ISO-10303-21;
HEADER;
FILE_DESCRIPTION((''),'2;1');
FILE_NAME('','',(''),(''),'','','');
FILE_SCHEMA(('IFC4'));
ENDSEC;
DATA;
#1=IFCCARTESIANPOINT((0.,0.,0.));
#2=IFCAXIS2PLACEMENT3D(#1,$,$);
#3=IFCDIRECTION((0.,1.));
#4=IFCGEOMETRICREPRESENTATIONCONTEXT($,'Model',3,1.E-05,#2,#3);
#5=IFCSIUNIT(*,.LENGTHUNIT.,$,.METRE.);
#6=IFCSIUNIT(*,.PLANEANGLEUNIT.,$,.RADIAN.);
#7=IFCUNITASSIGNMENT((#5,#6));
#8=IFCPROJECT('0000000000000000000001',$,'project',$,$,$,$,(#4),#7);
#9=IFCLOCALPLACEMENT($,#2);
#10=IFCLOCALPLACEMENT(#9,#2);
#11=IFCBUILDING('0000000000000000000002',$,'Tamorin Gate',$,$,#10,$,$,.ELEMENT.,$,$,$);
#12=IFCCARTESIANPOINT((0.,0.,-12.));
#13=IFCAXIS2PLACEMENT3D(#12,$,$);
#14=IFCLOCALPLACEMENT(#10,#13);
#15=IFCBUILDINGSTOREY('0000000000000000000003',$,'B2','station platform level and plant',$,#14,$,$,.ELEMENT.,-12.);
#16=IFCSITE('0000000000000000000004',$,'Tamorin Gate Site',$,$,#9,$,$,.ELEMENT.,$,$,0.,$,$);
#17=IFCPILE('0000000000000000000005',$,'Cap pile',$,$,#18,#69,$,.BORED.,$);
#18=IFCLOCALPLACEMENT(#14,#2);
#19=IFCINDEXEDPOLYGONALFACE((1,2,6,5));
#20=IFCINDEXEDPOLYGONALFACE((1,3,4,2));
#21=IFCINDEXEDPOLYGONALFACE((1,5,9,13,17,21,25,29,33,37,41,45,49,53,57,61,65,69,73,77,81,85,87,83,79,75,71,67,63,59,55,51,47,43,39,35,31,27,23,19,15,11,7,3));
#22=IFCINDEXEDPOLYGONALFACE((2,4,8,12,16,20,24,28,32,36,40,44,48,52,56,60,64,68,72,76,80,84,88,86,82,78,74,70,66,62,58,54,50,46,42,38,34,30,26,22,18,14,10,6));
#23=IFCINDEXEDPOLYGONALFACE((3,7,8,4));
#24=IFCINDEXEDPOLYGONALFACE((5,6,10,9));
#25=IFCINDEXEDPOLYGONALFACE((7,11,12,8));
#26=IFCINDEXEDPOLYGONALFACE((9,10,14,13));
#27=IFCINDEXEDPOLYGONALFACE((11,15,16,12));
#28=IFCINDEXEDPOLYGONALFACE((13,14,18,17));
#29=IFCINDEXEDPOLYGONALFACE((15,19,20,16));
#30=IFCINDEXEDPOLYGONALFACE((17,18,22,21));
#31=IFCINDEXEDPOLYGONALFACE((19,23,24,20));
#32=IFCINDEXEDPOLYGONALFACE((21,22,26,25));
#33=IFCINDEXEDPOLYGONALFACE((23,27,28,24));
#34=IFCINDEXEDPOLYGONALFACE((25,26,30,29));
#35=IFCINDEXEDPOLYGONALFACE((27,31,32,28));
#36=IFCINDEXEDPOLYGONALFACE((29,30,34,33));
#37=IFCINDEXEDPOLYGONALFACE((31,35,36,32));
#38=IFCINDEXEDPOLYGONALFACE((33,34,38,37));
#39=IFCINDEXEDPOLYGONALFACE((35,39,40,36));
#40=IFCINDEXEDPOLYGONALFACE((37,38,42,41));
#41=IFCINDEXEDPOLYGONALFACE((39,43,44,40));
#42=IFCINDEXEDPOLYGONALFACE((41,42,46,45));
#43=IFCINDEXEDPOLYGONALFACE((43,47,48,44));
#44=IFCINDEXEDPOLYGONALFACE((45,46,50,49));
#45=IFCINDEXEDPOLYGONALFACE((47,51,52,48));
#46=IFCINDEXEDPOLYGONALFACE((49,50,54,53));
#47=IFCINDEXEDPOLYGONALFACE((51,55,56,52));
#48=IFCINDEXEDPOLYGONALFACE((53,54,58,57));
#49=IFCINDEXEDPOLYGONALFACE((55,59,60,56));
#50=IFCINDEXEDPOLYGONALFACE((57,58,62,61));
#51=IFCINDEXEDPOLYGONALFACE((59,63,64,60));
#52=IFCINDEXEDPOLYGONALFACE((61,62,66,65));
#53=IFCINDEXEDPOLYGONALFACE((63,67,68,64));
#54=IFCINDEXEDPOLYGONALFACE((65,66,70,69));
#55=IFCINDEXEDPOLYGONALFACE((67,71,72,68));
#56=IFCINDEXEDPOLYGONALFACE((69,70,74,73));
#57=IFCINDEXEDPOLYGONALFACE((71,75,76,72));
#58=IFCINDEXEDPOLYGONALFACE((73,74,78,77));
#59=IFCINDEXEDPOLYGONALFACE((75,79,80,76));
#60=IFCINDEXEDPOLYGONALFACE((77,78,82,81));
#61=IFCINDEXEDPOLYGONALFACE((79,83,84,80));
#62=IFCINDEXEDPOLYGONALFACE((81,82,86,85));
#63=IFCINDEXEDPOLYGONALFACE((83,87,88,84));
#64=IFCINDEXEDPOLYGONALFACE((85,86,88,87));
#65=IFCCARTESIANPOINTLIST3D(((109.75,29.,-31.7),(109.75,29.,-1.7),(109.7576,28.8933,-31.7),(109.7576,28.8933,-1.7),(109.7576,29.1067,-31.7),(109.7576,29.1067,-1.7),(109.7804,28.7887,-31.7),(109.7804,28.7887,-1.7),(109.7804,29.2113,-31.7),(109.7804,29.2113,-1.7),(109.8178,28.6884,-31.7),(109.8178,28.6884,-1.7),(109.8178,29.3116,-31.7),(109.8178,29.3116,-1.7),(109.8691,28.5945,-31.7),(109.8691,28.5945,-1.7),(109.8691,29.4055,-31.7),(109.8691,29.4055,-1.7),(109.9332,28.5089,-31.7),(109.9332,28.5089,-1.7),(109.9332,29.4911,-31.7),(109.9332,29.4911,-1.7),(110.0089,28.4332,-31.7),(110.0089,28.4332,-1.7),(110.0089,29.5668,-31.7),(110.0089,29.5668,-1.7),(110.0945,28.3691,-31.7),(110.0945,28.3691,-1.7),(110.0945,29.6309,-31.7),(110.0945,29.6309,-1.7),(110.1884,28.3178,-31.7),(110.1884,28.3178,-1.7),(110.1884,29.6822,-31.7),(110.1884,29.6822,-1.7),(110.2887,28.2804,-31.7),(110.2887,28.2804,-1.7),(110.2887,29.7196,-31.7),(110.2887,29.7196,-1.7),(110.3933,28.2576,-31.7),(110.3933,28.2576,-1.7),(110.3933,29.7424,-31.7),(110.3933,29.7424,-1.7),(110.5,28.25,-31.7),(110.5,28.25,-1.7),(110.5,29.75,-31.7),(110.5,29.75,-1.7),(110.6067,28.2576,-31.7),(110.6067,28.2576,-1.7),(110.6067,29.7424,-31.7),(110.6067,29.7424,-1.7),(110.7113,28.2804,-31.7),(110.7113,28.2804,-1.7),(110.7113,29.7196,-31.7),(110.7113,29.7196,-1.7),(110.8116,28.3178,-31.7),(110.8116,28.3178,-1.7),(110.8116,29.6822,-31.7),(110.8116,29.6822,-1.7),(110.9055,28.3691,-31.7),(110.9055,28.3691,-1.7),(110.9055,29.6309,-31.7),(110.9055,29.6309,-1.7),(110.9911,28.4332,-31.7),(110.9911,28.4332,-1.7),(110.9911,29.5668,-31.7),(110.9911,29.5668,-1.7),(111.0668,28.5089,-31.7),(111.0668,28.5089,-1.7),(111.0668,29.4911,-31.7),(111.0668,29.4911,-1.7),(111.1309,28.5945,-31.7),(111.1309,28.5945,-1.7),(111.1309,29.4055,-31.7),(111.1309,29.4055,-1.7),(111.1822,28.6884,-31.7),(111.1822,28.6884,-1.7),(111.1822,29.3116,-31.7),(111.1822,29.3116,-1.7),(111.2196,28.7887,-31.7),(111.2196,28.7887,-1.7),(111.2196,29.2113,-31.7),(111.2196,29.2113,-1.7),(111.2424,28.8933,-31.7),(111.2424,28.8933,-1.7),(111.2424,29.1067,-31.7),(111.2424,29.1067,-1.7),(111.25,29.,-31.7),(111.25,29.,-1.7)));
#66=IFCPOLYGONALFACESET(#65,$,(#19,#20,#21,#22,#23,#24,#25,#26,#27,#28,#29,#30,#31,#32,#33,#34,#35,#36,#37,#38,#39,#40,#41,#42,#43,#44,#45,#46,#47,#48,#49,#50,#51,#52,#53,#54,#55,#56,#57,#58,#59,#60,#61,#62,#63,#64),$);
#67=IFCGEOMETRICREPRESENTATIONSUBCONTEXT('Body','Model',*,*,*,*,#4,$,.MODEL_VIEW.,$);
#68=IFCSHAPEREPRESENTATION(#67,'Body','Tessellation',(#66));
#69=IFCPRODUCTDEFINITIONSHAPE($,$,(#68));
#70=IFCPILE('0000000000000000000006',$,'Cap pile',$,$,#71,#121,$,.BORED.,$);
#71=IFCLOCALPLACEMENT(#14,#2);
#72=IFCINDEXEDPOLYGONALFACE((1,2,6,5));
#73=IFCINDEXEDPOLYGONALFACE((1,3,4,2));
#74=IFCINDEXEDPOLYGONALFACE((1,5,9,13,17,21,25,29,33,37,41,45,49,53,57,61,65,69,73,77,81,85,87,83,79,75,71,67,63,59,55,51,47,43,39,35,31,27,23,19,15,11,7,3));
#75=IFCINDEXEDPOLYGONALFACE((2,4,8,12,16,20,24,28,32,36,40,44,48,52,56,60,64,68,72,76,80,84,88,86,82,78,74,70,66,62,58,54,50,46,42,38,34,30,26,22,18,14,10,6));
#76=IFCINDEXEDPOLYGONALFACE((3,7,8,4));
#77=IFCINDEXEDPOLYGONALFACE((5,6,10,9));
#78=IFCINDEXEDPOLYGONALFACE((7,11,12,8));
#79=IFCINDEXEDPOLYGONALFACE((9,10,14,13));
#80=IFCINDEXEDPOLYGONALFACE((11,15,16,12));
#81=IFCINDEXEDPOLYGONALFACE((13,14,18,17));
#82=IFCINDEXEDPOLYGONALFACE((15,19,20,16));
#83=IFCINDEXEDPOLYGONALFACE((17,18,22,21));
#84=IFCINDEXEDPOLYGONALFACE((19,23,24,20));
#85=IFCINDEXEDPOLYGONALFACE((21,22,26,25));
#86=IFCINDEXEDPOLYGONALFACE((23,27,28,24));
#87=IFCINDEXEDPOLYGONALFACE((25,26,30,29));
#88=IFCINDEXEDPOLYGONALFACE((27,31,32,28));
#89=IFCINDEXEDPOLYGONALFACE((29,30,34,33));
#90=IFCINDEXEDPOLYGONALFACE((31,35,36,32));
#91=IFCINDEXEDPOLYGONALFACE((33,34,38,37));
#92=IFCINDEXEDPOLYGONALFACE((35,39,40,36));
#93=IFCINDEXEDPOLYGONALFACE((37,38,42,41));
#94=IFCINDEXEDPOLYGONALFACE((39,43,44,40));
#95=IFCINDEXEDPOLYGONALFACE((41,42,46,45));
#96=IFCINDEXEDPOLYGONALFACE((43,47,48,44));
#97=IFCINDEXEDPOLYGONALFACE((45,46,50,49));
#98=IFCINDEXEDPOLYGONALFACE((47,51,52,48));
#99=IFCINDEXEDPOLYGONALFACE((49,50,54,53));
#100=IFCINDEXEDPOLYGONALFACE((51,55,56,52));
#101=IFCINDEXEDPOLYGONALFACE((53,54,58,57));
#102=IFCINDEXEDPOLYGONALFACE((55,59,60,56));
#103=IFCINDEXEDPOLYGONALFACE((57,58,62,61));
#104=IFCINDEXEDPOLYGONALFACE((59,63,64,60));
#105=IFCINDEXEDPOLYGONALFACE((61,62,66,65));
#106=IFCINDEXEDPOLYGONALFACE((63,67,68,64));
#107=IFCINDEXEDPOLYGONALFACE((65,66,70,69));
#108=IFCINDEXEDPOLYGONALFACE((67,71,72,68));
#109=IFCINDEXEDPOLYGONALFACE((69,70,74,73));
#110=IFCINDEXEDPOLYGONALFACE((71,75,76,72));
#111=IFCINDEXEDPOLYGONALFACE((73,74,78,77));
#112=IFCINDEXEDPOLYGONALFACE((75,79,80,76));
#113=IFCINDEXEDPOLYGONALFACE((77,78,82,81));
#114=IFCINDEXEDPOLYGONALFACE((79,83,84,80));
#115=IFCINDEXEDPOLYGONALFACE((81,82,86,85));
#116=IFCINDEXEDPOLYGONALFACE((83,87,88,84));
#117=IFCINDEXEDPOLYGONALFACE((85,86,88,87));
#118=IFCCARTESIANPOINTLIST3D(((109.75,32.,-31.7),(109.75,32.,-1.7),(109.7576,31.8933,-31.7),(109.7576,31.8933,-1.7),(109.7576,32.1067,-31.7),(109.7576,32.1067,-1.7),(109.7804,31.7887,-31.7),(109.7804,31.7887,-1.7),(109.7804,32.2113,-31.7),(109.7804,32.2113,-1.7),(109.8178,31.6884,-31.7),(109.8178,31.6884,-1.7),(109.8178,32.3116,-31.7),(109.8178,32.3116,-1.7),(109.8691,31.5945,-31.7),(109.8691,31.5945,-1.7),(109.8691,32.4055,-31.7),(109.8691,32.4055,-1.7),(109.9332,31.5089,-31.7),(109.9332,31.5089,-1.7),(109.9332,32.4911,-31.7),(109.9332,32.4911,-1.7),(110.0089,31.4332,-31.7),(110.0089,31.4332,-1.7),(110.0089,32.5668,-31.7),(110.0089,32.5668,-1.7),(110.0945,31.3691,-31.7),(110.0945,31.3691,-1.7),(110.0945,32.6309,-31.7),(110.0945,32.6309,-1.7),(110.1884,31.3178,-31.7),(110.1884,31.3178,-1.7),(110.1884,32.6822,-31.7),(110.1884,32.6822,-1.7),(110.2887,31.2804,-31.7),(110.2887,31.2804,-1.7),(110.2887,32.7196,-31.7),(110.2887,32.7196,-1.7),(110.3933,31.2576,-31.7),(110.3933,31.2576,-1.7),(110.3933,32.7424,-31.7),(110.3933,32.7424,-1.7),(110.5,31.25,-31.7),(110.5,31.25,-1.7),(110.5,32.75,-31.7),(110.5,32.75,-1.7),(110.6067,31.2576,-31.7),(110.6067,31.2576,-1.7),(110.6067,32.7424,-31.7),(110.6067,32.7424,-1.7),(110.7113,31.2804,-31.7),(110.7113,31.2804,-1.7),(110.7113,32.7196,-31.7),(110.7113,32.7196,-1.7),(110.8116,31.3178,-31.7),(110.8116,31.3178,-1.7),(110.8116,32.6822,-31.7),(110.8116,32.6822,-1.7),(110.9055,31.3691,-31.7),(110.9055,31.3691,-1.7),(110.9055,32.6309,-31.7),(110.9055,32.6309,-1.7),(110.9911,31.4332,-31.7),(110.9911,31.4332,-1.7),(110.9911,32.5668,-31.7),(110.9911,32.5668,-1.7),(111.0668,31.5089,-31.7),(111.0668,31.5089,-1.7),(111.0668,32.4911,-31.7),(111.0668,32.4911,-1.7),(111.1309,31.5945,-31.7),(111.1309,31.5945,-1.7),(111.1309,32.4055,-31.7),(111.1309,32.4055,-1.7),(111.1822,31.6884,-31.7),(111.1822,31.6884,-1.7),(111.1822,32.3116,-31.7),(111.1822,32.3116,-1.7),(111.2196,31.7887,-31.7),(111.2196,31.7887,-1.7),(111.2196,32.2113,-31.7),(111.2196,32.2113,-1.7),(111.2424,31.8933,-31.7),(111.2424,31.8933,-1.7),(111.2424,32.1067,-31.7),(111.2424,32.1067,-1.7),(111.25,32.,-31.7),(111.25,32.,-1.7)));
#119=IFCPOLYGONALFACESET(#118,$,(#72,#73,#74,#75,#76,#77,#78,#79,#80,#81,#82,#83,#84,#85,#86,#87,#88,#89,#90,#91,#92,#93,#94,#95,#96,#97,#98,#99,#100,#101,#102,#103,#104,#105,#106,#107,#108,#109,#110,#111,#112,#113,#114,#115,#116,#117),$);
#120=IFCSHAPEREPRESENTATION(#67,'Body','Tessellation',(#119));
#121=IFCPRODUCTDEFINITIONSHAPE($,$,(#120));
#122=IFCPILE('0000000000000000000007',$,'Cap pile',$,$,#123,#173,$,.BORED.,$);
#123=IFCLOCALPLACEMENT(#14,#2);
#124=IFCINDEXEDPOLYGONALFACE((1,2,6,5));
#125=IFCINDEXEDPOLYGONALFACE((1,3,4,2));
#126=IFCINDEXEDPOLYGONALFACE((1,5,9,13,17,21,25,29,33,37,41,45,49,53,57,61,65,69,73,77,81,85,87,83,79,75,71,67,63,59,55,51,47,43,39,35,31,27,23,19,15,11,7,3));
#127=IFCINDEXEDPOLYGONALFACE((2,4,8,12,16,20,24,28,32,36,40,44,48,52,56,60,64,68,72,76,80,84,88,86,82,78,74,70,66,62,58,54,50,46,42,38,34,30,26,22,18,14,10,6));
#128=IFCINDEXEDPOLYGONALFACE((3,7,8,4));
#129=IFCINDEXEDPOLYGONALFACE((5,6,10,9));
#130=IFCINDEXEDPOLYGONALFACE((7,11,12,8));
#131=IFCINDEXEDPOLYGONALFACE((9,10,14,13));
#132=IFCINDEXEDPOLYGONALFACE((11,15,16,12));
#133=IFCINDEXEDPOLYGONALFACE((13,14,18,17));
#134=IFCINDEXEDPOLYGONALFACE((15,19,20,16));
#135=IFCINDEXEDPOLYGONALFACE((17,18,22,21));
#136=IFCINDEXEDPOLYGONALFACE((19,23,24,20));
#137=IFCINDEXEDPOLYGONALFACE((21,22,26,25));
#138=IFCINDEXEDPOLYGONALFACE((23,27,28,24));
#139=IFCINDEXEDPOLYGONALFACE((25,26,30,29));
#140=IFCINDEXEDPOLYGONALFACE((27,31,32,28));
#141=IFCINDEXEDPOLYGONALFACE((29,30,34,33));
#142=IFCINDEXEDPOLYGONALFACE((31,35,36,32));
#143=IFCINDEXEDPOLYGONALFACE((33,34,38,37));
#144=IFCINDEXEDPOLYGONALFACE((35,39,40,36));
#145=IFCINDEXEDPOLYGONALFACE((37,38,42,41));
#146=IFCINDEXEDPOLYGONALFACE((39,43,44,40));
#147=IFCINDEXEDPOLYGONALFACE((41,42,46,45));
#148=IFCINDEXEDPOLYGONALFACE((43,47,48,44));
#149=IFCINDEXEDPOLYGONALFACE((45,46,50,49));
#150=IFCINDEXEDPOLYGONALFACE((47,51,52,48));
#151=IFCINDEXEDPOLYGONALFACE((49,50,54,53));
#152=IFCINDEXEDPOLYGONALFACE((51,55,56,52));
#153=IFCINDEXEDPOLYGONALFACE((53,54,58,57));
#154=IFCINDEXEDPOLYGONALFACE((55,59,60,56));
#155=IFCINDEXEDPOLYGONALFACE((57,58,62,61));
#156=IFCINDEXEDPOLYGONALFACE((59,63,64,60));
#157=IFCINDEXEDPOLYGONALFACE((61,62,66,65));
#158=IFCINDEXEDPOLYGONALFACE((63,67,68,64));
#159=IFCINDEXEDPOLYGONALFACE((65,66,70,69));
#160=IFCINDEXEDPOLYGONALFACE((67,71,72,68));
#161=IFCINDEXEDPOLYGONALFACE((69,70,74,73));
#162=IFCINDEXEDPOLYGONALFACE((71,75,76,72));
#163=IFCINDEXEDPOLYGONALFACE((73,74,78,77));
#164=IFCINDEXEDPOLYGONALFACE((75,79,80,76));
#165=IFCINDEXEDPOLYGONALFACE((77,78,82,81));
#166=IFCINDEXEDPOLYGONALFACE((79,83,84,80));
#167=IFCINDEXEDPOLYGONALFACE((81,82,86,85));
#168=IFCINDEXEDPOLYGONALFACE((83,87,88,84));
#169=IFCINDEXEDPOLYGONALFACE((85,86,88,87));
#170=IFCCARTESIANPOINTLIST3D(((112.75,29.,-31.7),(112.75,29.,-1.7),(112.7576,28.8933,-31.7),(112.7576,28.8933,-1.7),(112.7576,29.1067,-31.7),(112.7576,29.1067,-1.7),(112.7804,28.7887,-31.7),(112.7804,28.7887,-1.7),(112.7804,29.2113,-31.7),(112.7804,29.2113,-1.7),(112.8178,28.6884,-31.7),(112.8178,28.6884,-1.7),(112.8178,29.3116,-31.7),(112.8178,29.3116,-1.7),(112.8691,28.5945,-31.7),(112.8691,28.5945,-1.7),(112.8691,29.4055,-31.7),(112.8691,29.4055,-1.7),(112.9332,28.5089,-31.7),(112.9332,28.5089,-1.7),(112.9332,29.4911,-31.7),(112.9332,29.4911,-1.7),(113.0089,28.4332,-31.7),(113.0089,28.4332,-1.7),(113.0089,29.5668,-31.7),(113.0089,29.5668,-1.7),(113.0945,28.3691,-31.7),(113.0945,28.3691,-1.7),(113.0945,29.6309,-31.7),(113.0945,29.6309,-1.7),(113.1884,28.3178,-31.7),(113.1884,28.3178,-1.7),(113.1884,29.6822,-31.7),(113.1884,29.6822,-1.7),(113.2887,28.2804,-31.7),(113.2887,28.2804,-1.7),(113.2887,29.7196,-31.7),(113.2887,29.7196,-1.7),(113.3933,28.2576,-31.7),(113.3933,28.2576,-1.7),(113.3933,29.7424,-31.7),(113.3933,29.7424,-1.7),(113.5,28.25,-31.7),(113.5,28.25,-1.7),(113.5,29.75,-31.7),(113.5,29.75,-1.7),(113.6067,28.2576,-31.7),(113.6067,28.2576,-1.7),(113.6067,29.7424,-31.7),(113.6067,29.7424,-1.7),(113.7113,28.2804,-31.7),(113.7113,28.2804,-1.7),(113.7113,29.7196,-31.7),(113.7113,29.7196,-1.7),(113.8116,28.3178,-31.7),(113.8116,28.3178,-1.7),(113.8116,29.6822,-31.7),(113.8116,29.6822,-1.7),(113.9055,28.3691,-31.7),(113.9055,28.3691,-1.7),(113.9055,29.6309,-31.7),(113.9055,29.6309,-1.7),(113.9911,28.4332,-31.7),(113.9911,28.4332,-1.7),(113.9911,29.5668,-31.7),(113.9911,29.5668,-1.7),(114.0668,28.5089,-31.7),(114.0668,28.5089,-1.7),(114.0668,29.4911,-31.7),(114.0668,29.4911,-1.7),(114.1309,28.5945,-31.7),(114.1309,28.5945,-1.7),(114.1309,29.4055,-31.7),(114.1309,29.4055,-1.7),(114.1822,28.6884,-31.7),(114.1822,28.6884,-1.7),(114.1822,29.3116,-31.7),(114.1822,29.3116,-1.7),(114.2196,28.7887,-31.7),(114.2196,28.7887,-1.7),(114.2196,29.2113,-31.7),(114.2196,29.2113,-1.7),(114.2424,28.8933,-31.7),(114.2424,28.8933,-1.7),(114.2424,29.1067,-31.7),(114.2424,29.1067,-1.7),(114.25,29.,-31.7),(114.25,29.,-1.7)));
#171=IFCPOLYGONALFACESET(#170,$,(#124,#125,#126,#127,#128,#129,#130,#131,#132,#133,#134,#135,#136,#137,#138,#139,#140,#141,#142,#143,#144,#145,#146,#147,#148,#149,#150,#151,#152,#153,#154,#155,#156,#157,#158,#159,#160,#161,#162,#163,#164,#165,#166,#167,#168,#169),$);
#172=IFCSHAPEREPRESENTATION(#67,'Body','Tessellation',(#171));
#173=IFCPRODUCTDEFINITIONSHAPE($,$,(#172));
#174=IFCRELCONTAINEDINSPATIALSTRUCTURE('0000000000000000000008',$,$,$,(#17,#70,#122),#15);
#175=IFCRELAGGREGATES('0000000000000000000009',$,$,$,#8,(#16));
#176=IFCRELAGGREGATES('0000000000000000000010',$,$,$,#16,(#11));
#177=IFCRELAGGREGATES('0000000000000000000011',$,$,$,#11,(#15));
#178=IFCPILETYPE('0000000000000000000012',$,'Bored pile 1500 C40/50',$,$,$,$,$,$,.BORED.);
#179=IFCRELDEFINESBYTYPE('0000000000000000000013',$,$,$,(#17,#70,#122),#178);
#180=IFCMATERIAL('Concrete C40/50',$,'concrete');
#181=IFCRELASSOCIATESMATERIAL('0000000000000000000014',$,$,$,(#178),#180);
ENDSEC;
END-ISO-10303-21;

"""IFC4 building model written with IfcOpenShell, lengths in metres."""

from ifc_helpers import new_model, si_unit, direction, frame, origin, origin_2d, place, context, subcontext, project, spatial, circle, extrude, material, material_profile, profile_set, type_object, element, save


model = new_model("IFC4")

# Units and contexts
model_context = context("Model", 3, precision=1e-05, world=origin(), true_north=direction((0.0, 1.0)))
body_context = subcontext(model_context, "Body", "Model", "MODEL_VIEW")
ifc_project = project(units=[si_unit("LENGTHUNIT", "METRE"), si_unit("PLANEANGLEUNIT", "RADIAN")], contexts=[model_context])

# Site, building, storey
site_placement = place(None, origin())
site = spatial("IfcSite", under=ifc_project, at=site_placement, Name="Tamorin Gate Site", CompositionType="ELEMENT", RefElevation=0.0)
building_placement = place(site_placement, origin())
building = spatial("IfcBuilding", under=site, at=building_placement, Name="Tamorin Gate", CompositionType="ELEMENT")
storey_placement = place(building_placement, frame((0.0, 0.0, -12.0)))
storey = spatial("IfcBuildingStorey", under=building, at=storey_placement, Name="B2", Description="station platform level and plant", CompositionType="ELEMENT", Elevation=-12.0)

# Piles
ifc_material_1 = material(Name="Concrete C40/50", Category="concrete")
ifc_material_profile_1 = material_profile(ifc_material_1, circle(Radius=0.75, at=origin_2d()))
ifc_profile_set_1 = profile_set([ifc_material_profile_1], Name="Concrete C40/50")
pile_type = type_object("IfcPileType", Name="Bored pile 1500 C40/50", PredefinedType="BORED", material=ifc_profile_set_1)
for number, where, z_axis, x_axis, name in (
    (1, (110.5, 29.0, -1.7), (0.0, 0.0, -1.0), (1.0, 0.0, 0.0), "Cap pile"),
    (2, (110.5, 32.0, -1.7), (0.0, 0.0, -1.0), (1.0, 0.0, 0.0), "Cap pile"),
    (3, (113.5, 29.0, -1.7), (0.0, 0.0, -1.0), (1.0, 0.0, 0.0), "Cap pile"),
):
    element("IfcPile", number, at=place(storey_placement, frame(where, z_axis=z_axis, x_axis=x_axis)), inside=storey, type_object=pile_type, Name=name, PredefinedType="BORED", context=body_context, shape_type="SweptSolid", body=[
        extrude(circle(Radius=0.75, at=origin_2d()), origin(), (0.0, 0.0, 1.0), 30.0),
    ])

save(model, "model.ifc")
